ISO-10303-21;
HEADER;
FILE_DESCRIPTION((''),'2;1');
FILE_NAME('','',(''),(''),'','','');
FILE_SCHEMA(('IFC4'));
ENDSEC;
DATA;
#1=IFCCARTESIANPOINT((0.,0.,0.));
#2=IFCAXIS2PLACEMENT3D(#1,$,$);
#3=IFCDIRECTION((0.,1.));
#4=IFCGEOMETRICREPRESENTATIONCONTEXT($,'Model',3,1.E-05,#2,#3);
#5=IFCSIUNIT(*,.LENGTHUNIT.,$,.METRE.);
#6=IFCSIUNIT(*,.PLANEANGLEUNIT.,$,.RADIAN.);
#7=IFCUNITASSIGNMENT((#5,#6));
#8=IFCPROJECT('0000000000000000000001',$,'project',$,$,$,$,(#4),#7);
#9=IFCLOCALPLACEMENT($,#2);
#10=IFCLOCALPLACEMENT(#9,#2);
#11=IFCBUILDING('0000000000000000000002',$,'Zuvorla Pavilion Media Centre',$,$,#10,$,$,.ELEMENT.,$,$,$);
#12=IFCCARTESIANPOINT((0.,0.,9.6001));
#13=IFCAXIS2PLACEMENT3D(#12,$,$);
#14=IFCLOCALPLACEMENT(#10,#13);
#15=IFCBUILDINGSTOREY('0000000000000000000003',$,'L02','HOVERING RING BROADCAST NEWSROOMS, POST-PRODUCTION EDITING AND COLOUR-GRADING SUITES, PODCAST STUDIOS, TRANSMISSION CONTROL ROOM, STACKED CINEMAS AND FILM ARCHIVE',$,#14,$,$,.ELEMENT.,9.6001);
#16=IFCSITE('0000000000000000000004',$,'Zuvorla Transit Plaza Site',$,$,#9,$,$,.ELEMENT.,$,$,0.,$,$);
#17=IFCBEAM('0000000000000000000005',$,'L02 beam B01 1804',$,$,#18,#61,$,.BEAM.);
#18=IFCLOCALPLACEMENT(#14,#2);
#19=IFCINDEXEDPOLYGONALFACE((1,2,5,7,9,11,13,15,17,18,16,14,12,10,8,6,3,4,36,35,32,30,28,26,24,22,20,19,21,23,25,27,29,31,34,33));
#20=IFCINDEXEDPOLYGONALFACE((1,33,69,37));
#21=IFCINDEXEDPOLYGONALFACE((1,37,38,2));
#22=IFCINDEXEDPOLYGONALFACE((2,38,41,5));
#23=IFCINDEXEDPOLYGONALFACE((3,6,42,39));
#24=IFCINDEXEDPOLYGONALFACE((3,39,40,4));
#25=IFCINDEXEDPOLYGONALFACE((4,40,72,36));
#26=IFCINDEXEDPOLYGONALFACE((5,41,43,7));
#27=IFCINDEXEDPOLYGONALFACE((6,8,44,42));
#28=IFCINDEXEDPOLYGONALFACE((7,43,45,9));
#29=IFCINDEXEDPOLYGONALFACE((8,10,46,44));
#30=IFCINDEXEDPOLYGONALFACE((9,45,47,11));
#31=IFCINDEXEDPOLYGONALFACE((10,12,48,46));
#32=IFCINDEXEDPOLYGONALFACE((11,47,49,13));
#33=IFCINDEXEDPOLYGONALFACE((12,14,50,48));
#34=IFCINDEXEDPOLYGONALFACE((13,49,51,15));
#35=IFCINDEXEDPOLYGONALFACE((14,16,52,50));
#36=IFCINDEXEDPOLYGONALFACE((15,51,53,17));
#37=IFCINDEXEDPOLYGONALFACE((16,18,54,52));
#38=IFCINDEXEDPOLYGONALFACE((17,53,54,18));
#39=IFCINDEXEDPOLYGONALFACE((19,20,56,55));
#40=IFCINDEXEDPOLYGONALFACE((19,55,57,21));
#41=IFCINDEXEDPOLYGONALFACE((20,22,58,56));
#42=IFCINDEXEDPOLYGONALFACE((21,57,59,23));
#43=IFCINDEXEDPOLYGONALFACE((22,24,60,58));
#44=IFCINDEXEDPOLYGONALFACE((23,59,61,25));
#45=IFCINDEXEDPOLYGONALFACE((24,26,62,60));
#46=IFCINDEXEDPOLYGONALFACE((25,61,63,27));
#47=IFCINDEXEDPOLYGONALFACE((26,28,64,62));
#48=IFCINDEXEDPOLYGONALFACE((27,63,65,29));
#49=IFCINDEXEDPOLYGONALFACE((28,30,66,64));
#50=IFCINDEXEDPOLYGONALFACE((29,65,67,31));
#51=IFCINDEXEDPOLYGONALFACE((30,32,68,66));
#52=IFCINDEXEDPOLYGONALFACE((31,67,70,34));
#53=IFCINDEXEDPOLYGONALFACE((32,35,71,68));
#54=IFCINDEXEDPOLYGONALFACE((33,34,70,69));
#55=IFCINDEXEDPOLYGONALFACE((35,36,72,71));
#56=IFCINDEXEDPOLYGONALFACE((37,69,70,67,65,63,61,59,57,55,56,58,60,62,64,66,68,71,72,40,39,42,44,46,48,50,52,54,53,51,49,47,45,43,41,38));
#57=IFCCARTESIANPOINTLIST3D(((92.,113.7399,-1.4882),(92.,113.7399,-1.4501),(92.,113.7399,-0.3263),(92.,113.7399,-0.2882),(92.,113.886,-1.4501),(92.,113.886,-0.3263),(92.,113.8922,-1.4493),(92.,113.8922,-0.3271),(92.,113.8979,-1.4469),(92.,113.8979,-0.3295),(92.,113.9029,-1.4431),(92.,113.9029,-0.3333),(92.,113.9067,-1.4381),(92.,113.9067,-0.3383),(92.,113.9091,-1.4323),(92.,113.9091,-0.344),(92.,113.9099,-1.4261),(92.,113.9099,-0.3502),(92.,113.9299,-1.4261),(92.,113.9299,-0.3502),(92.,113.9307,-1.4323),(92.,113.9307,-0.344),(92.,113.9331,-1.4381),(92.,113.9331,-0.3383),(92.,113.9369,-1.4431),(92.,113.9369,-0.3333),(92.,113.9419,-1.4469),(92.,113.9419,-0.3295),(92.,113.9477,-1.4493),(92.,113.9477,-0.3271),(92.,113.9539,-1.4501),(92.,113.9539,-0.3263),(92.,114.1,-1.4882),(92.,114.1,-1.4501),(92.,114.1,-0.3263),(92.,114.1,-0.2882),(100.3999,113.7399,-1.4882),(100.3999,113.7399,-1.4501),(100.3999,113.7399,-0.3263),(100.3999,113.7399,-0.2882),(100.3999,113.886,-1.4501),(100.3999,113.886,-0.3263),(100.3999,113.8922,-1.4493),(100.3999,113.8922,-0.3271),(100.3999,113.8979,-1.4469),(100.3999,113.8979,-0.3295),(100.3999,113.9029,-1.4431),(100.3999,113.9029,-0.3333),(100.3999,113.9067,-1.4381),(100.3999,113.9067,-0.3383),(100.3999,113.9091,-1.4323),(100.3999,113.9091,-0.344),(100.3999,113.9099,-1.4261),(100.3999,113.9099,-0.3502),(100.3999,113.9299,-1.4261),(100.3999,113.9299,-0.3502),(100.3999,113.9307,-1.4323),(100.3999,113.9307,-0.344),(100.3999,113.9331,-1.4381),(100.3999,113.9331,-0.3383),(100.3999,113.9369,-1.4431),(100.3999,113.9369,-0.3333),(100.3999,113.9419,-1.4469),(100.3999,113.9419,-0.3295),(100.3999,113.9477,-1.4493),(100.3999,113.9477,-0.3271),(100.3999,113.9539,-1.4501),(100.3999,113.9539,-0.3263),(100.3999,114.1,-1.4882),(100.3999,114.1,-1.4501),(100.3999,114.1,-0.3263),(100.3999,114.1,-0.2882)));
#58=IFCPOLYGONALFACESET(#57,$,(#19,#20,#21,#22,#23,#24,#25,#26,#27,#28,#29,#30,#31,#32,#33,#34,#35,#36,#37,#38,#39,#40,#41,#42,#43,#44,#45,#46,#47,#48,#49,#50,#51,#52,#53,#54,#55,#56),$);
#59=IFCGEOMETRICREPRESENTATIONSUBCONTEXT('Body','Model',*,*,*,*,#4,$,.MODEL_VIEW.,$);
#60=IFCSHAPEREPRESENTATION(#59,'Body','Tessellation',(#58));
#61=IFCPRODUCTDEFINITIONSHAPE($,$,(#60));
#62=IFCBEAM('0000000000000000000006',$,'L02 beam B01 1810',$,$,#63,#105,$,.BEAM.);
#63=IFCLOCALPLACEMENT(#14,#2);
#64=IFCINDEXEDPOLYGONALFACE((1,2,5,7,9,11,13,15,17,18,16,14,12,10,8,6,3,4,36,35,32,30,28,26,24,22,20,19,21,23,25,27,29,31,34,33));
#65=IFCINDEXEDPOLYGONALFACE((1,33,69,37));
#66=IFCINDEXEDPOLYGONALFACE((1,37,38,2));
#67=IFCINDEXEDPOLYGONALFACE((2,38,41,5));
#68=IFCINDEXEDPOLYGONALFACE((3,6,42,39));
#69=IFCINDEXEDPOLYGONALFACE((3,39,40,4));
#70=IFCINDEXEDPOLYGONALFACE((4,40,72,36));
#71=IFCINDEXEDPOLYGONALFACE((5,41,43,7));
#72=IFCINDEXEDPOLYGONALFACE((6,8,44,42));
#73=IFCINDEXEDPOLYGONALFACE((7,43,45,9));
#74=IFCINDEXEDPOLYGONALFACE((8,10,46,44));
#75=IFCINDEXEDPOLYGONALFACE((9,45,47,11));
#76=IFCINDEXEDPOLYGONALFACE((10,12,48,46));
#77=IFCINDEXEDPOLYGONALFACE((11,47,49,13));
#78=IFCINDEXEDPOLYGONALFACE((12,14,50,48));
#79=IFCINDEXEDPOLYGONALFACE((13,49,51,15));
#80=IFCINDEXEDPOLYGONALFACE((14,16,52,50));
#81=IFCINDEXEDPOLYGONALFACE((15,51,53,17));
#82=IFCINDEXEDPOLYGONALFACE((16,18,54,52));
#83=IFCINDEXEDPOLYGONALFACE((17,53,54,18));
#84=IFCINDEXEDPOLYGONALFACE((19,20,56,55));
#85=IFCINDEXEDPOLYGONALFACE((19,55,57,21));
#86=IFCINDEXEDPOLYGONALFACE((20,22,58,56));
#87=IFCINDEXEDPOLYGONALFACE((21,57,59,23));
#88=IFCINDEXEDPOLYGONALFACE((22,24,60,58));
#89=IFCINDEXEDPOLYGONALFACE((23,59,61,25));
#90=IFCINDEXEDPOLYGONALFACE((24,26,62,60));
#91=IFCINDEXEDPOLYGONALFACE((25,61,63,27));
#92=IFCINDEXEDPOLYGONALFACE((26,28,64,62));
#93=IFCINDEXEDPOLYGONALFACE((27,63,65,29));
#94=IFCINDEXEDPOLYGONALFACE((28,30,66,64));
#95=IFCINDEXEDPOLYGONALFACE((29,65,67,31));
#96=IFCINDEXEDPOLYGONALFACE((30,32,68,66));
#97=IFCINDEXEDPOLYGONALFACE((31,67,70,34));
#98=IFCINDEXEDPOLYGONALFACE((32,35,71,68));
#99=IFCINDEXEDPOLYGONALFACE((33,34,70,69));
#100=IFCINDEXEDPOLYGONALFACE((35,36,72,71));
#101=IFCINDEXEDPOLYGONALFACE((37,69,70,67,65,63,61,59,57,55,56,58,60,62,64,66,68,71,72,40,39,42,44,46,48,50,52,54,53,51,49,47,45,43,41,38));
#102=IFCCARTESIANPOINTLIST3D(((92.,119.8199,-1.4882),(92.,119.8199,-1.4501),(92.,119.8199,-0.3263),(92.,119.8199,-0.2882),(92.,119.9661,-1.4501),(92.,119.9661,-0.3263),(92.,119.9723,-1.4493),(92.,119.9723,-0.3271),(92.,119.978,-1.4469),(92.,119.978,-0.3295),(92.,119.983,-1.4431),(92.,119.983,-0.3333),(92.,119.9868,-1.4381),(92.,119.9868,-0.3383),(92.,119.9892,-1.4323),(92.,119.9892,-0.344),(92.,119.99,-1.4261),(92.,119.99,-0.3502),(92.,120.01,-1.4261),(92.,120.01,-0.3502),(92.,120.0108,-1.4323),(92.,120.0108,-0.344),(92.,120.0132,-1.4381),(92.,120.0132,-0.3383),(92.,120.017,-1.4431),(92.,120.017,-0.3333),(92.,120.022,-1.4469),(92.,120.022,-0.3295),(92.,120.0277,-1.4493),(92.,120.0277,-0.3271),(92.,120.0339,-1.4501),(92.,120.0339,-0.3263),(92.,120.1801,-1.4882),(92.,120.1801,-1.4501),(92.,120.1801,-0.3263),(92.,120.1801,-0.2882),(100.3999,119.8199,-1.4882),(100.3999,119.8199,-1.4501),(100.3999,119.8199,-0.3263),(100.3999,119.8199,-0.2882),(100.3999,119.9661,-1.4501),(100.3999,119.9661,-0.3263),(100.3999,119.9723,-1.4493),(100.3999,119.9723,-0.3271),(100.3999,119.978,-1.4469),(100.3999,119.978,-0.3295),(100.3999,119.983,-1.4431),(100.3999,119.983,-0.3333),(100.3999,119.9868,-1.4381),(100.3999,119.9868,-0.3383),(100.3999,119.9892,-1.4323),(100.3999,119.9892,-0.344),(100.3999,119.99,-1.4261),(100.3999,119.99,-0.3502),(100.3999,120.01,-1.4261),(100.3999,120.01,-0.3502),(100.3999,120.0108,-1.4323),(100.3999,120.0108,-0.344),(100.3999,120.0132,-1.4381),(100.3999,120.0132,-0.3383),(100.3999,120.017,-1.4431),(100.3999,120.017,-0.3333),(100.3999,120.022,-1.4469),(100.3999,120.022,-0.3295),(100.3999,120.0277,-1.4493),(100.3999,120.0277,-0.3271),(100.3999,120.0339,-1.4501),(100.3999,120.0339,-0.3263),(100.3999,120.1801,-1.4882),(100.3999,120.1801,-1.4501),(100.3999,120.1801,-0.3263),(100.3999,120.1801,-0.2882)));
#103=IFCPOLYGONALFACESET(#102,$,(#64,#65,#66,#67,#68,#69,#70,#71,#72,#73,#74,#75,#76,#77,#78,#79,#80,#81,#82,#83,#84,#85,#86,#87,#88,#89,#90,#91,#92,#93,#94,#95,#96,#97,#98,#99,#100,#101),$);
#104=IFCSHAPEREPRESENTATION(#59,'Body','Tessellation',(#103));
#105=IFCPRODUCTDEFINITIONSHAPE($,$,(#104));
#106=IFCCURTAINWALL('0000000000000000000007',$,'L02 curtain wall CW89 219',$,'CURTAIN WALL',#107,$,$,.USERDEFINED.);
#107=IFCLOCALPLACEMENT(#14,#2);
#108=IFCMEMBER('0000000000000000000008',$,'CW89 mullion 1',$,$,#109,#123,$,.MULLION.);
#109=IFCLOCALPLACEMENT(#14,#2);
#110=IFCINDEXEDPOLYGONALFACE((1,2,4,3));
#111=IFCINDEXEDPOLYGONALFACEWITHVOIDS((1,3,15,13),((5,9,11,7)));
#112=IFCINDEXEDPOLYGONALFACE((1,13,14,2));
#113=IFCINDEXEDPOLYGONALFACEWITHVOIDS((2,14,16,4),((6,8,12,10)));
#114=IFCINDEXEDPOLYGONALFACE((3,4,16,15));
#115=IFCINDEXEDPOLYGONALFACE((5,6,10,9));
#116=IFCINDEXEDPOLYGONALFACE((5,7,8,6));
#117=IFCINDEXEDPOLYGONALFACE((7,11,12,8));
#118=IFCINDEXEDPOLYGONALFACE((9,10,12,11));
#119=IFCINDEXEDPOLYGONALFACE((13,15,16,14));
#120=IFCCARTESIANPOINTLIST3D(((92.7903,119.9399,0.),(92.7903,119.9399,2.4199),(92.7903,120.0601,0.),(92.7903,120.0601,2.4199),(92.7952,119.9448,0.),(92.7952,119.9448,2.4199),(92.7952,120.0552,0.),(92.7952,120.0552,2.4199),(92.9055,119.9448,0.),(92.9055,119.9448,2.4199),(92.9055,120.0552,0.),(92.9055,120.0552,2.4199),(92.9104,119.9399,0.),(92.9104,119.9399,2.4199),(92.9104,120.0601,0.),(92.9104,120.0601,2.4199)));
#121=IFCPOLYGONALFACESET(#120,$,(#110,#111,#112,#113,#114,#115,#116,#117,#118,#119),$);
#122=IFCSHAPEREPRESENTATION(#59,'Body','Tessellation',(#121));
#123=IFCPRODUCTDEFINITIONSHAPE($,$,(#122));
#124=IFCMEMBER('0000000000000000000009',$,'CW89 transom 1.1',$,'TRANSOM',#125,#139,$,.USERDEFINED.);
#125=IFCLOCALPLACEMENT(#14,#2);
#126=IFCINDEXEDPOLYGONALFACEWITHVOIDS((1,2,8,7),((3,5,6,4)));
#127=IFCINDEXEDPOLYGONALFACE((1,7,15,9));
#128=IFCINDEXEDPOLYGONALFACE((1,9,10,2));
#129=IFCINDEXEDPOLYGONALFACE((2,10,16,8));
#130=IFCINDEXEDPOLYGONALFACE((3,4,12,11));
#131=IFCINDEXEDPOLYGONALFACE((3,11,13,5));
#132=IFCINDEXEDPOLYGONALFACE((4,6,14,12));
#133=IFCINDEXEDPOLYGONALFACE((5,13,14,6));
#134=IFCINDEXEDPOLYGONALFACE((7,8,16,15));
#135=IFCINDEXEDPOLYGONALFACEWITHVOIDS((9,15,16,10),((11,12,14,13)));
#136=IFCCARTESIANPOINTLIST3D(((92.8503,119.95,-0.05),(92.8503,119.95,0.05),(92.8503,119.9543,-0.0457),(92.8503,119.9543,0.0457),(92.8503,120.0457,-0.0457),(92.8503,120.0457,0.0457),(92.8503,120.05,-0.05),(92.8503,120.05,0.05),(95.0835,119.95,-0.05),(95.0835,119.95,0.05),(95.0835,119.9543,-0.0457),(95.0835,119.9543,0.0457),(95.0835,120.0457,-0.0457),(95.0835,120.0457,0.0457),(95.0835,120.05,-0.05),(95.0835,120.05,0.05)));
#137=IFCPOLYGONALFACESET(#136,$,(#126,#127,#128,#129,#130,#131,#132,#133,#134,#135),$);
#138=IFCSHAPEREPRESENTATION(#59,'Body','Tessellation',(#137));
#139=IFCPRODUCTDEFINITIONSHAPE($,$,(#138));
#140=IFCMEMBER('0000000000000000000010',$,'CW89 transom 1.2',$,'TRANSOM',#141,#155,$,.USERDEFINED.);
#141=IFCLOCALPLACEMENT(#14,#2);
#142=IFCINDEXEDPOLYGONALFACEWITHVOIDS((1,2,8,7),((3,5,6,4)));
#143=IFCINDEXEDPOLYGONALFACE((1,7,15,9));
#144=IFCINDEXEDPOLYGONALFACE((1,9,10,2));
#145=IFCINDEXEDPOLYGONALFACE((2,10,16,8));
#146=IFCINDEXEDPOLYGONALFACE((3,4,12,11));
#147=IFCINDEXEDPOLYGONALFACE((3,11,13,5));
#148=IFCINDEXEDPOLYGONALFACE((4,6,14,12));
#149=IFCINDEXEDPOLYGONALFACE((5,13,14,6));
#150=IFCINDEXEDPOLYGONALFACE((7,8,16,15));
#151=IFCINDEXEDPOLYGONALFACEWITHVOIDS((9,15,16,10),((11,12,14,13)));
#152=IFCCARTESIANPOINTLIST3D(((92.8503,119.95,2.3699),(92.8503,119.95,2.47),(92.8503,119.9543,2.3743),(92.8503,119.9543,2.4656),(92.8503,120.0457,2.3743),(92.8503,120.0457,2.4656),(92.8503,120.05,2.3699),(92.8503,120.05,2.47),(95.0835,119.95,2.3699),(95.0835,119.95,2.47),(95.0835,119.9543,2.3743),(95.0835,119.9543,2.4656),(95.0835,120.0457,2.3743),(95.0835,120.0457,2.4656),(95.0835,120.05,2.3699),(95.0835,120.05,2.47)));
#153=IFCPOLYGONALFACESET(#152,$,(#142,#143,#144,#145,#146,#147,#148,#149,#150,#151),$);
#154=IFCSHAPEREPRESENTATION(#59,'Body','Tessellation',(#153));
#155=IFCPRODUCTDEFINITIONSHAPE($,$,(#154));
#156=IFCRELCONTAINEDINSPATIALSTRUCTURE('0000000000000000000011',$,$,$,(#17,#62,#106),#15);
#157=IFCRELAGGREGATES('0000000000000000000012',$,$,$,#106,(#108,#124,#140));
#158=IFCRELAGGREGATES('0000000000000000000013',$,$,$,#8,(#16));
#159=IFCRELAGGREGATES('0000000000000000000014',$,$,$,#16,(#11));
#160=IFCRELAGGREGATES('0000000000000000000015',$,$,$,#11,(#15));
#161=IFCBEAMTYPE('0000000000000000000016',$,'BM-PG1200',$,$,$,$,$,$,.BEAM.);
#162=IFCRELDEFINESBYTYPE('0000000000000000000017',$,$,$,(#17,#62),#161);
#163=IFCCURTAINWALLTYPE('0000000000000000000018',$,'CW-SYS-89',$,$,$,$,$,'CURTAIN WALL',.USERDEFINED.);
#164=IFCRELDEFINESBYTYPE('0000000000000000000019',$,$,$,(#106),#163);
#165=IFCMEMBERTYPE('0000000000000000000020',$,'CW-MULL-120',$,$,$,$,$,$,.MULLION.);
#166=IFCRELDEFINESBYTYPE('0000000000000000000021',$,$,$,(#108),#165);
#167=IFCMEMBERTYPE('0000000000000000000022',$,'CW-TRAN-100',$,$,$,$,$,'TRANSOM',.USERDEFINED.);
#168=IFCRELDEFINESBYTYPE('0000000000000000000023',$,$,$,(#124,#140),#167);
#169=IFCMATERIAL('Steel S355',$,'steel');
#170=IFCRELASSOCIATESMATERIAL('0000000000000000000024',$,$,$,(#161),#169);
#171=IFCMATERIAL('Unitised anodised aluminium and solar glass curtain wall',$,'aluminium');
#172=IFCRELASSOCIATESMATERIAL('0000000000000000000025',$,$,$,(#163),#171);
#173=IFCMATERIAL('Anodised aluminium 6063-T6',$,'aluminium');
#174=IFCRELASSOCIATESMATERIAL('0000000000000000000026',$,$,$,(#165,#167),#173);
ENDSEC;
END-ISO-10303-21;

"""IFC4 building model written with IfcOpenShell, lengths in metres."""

from ifc_helpers import new_model, si_unit, direction, frame, origin, origin_2d, place, context, subcontext, project, spatial, hollow_rectangle, i_section, extrude, material, material_profile, profile_set, type_object, element, aggregate, save


model = new_model("IFC4")

# Units and contexts
model_context = context("Model", 3, precision=1e-05, world=origin(), true_north=direction((0.0, 1.0)))
body_context = subcontext(model_context, "Body", "Model", "MODEL_VIEW")
ifc_project = project(units=[si_unit("LENGTHUNIT", "METRE"), si_unit("PLANEANGLEUNIT", "RADIAN")], contexts=[model_context])

# Site, building, storey
site_placement = place(None, origin())
site = spatial("IfcSite", under=ifc_project, at=site_placement, Name="Zuvorla Transit Plaza Site", CompositionType="ELEMENT", RefElevation=0.0)
building_placement = place(site_placement, origin())
building = spatial("IfcBuilding", under=site, at=building_placement, Name="Zuvorla Pavilion Media Centre", CompositionType="ELEMENT")
storey_placement = place(building_placement, frame((0.0, 0.0, 9.6001)))
storey = spatial("IfcBuildingStorey", under=building, at=storey_placement, Name="L02", Description="HOVERING RING BROADCAST NEWSROOMS, POST-PRODUCTION EDITING AND COLOUR-GRADING SUITES, PODCAST STUDIOS, TRANSMISSION CONTROL ROOM, STACKED CINEMAS AND FILM ARCHIVE", CompositionType="ELEMENT", Elevation=9.6001)

# Beams
ifc_material_1 = material(Name="Steel S355", Category="steel")
ifc_material_profile_1 = material_profile(ifc_material_1, i_section(OverallWidth=0.3601, OverallDepth=1.2, WebThickness=0.02, FlangeThickness=0.0381, FilletRadius=0.0239, at=origin_2d()), Name="PG 1200x360x38")
ifc_profile_set_1 = profile_set([ifc_material_profile_1], Name="Steel S355")
beam_type = type_object("IfcBeamType", Name="BM-PG1200", PredefinedType="BEAM", material=ifc_profile_set_1)
for number, where, z_axis, x_axis, name in (
    (1, (92.0, 113.9199, -0.8882), (1.0, 0.0, 0.0), (0.0, 1.0, 0.0), "L02 beam B01 1804"),
    (2, (92.0, 120.0, -0.8882), (1.0, 0.0, 0.0), (0.0, 1.0, 0.0), "L02 beam B01 1810"),
):
    element("IfcBeam", number, at=place(storey_placement, frame(where, z_axis=z_axis, x_axis=x_axis)), inside=storey, type_object=beam_type, Name=name, PredefinedType="BEAM", context=body_context, shape_type="SweptSolid", body=[
        extrude(i_section(OverallWidth=0.3601, OverallDepth=1.2, WebThickness=0.02, FlangeThickness=0.0381, FilletRadius=0.0239, at=origin_2d()), origin(), (0.0, 0.0, 1.0), 8.3999),
    ])

# Curtain wall, members
ifc_material_2 = material(Name="Unitised anodised aluminium and solar glass curtain wall", Category="aluminium")
curtain_wall_type_1 = type_object("IfcCurtainWallType", Name="CW-SYS-89", ElementType="CURTAIN WALL", PredefinedType="USERDEFINED", material=ifc_material_2)
curtain_wall_1_placement = place(storey_placement, origin())
curtain_wall_1 = element("IfcCurtainWall", 3, at=curtain_wall_1_placement, inside=storey, type_object=curtain_wall_type_1, Name="L02 curtain wall CW89 219", ObjectType="CURTAIN WALL", PredefinedType="USERDEFINED")
ifc_material_3 = material(Name="Anodised aluminium 6063-T6", Category="aluminium")
ifc_material_profile_2 = material_profile(ifc_material_3, hollow_rectangle(XDim=0.1201, YDim=0.1201, WallThickness=0.0049, at=origin_2d()), Name="ALU MULL 120x120")
ifc_profile_set_2 = profile_set([ifc_material_profile_2], Name="Anodised aluminium 6063-T6")
member_type_1 = type_object("IfcMemberType", Name="CW-MULL-120", PredefinedType="MULLION", material=ifc_profile_set_2)
member_1_placement = place(storey_placement, frame((92.8503, 120.0, 0.0), z_axis=(0.0, 0.0, 1.0), x_axis=(1.0, 0.0, 0.0)))
member_1 = element("IfcMember", 4, at=member_1_placement, type_object=member_type_1, Name="CW89 mullion 1", PredefinedType="MULLION", context=body_context, shape_type="SweptSolid", body=[
    extrude(hollow_rectangle(XDim=0.1201, YDim=0.1201, WallThickness=0.0049, at=origin_2d()), origin(), (0.0, 0.0, 1.0), 2.4199),
])
ifc_material_profile_3 = material_profile(ifc_material_3, hollow_rectangle(XDim=0.1001, YDim=0.1001, WallThickness=0.0044, at=origin_2d()), Name="ALU TRAN 100x100")
ifc_profile_set_3 = profile_set([ifc_material_profile_3], Name="Anodised aluminium 6063-T6")
member_type_2 = type_object("IfcMemberType", Name="CW-TRAN-100", ElementType="TRANSOM", PredefinedType="USERDEFINED", material=ifc_profile_set_3)
member_2_placement = place(storey_placement, frame((92.8503, 120.0, 0.0), z_axis=(1.0, 0.0, 0.0), x_axis=(0.0, 1.0, 0.0)))
member_2 = element("IfcMember", 5, at=member_2_placement, type_object=member_type_2, Name="CW89 transom 1.1", ObjectType="TRANSOM", PredefinedType="USERDEFINED", context=body_context, shape_type="SweptSolid", body=[
    extrude(hollow_rectangle(XDim=0.1001, YDim=0.1001, WallThickness=0.0044, at=origin_2d()), origin(), (0.0, 0.0, 1.0), 2.2332),
])
member_3_placement = place(storey_placement, frame((92.8503, 120.0, 2.4199), z_axis=(1.0, 0.0, 0.0), x_axis=(0.0, 1.0, 0.0)))
member_3 = element("IfcMember", 6, at=member_3_placement, type_object=member_type_2, Name="CW89 transom 1.2", ObjectType="TRANSOM", PredefinedType="USERDEFINED", context=body_context, shape_type="SweptSolid", body=[
    extrude(hollow_rectangle(XDim=0.1001, YDim=0.1001, WallThickness=0.0044, at=origin_2d()), origin(), (0.0, 0.0, 1.0), 2.2332),
])
aggregate(curtain_wall_1, [member_1, member_2, member_3])

save(model, "model.ifc")
